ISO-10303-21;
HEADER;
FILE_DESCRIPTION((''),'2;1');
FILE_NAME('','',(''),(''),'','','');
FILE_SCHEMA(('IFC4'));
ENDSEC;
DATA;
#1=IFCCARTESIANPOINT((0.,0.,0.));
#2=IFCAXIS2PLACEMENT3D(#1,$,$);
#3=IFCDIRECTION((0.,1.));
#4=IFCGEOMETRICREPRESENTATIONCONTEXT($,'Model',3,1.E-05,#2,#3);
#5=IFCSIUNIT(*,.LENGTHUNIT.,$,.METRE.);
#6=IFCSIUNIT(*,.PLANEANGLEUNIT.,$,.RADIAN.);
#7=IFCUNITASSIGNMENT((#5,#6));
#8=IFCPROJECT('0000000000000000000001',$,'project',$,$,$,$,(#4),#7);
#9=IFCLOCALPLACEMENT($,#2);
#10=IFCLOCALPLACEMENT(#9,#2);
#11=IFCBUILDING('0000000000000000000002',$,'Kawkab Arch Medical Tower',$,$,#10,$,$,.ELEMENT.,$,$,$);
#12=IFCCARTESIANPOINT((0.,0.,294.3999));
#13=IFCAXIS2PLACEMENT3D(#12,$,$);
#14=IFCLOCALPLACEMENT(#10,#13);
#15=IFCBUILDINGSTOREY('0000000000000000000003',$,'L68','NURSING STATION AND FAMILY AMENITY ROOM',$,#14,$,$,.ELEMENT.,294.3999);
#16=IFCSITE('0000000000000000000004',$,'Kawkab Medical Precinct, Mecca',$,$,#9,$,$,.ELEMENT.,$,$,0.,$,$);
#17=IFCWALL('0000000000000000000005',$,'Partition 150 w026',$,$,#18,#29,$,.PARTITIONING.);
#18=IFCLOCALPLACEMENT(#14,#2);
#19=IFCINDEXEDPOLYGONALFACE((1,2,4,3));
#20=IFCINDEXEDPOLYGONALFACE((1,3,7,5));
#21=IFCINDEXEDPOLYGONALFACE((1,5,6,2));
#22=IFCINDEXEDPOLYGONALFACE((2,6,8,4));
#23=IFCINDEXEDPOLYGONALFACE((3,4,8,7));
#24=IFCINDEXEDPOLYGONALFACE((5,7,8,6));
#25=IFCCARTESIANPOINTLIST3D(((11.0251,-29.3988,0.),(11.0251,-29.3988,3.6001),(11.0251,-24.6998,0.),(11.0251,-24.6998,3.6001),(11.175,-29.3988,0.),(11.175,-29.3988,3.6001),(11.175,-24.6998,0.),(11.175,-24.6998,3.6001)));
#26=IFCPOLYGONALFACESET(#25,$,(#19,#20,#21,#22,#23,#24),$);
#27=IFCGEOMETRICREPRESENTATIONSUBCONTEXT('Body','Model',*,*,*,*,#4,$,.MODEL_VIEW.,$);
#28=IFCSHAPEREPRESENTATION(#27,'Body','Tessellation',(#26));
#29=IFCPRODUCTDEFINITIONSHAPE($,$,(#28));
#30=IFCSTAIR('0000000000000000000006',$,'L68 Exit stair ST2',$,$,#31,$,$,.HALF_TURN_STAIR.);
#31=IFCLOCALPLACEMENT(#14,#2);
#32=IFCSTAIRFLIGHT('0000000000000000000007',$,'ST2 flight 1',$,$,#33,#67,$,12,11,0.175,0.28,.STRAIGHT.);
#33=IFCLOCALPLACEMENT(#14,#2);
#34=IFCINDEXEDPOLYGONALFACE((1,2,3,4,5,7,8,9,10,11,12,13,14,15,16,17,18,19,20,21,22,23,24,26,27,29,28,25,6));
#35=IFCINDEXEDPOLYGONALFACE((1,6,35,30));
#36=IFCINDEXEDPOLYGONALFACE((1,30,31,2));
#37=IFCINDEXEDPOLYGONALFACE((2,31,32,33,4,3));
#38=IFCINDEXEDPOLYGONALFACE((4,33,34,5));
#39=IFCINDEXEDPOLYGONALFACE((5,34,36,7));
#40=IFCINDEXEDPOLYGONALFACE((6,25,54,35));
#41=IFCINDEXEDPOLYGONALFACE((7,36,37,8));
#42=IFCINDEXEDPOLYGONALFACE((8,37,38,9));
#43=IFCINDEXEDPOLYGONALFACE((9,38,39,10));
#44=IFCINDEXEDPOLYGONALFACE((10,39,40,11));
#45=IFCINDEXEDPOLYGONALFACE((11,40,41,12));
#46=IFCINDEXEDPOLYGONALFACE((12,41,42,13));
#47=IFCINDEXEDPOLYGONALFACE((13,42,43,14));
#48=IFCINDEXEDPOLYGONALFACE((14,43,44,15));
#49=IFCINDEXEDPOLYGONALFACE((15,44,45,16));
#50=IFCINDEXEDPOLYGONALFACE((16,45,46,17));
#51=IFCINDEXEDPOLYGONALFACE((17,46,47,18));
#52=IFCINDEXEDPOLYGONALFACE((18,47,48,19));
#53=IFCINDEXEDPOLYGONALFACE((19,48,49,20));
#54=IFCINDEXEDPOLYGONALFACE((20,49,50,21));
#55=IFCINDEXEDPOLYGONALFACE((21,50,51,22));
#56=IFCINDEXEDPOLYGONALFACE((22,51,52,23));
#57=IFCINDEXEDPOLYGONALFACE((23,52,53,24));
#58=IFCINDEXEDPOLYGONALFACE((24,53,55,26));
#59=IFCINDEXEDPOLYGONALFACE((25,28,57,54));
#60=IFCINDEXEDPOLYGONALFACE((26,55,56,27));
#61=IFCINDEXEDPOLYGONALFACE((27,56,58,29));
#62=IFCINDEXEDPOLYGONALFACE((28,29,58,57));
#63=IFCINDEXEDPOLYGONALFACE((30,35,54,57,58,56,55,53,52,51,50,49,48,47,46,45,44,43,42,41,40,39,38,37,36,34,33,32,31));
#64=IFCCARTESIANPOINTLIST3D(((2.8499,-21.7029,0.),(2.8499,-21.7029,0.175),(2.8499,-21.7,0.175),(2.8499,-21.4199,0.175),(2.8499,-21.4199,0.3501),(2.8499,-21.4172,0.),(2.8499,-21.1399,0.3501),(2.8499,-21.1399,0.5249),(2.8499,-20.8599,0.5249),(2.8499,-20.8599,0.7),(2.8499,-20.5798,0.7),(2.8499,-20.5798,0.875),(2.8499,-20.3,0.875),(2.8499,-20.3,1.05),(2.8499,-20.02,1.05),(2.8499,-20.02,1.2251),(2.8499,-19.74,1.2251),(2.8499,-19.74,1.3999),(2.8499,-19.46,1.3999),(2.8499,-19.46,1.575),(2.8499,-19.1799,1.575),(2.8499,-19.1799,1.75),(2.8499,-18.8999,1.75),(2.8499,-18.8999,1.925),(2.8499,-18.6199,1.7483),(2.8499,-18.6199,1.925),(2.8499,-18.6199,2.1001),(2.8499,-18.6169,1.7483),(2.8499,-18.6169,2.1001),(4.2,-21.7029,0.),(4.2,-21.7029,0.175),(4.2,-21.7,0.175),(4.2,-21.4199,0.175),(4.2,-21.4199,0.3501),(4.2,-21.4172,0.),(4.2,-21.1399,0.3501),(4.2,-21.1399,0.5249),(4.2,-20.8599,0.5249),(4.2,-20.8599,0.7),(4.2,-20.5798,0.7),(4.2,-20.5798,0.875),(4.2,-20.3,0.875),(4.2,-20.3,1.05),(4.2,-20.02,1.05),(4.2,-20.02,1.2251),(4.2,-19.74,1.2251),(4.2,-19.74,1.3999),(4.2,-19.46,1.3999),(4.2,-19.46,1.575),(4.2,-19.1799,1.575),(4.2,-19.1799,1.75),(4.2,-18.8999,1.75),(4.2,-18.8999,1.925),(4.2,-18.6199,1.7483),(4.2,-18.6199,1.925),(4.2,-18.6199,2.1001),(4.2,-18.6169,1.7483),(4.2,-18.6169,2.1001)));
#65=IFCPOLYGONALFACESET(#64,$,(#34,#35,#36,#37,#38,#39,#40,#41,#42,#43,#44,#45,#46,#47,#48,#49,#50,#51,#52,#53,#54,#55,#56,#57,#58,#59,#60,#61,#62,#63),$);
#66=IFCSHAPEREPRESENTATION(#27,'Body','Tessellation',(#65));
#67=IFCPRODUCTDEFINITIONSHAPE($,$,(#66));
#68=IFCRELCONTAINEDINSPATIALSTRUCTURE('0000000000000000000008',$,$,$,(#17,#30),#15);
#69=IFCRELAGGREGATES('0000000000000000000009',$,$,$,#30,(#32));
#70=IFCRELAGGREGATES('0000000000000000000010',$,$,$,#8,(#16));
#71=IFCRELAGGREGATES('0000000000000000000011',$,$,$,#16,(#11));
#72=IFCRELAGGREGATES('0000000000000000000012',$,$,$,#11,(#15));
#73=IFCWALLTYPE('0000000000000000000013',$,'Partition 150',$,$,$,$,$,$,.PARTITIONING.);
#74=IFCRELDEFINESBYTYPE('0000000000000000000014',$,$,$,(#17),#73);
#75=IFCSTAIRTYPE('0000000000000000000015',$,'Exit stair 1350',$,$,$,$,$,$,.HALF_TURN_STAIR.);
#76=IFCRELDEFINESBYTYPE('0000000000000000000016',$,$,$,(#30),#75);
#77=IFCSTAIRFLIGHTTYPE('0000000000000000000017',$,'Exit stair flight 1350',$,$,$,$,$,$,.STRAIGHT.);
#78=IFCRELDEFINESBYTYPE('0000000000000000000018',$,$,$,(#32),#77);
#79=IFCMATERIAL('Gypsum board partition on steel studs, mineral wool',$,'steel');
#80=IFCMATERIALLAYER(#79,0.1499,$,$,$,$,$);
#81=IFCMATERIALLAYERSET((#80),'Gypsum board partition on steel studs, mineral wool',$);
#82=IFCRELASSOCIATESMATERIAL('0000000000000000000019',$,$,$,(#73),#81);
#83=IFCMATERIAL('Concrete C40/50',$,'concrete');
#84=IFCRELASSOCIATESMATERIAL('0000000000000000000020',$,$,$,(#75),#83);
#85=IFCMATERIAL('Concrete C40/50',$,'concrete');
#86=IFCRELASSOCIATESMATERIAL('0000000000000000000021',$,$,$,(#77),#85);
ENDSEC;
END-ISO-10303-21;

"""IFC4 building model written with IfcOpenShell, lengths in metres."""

from ifc_helpers import new_model, si_unit, direction, frame, frame_2d, origin, place, context, subcontext, project, spatial, polyline, rectangle, outline, extrude, material, layer, layer_set, type_object, element, aggregate, save


model = new_model("IFC4")

# Units and contexts
model_context = context("Model", 3, precision=1e-05, world=origin(), true_north=direction((0.0, 1.0)))
body_context = subcontext(model_context, "Body", "Model", "MODEL_VIEW")
ifc_project = project(units=[si_unit("LENGTHUNIT", "METRE"), si_unit("PLANEANGLEUNIT", "RADIAN")], contexts=[model_context])

# Site, building, storey
site_placement = place(None, origin())
site = spatial("IfcSite", under=ifc_project, at=site_placement, Name="Kawkab Medical Precinct, Mecca", CompositionType="ELEMENT", RefElevation=0.0)
building_placement = place(site_placement, origin())
building = spatial("IfcBuilding", under=site, at=building_placement, Name="Kawkab Arch Medical Tower", CompositionType="ELEMENT")
storey_placement = place(building_placement, frame((0.0, 0.0, 294.3999)))
storey = spatial("IfcBuildingStorey", under=building, at=storey_placement, Name="L68", Description="NURSING STATION AND FAMILY AMENITY ROOM", CompositionType="ELEMENT", Elevation=294.3999)

# Wall
ifc_material_1 = material(Name="Gypsum board partition on steel studs, mineral wool", Category="steel")
ifc_layer_1 = layer(ifc_material_1, 0.1499)
ifc_layer_set_1 = layer_set([ifc_layer_1], Name="Gypsum board partition on steel studs, mineral wool")
wall_type_1 = type_object("IfcWallType", Name="Partition 150", PredefinedType="PARTITIONING", material=ifc_layer_set_1)
wall_1_placement = place(storey_placement, frame((11.1001, -29.3989, 0.0), z_axis=(0.0, 0.0, 1.0), x_axis=(0.0, 1.0, 0.0)))
element("IfcWall", 1, at=wall_1_placement, inside=storey, type_object=wall_type_1, Name="Partition 150 w026", PredefinedType="PARTITIONING", context=body_context, shape_type="SweptSolid", body=[
    extrude(rectangle(XDim=4.699, YDim=0.1499, at=frame_2d((2.3496, 0.0))), origin(), (0.0, 0.0, 1.0), 3.6001),
])

# Stair, stair flight
ifc_material_2 = material(Name="Concrete C40/50", Category="concrete")
stair_type = type_object("IfcStairType", Name="Exit stair 1350", PredefinedType="HALF_TURN_STAIR", material=ifc_material_2)
stair_placement = place(storey_placement, origin())
stair = element("IfcStair", 2, at=stair_placement, inside=storey, type_object=stair_type, Name="L68 Exit stair ST2", PredefinedType="HALF_TURN_STAIR")
ifc_material_3 = material(Name="Concrete C40/50", Category="concrete")
stair_flight_type = type_object("IfcStairFlightType", Name="Exit stair flight 1350", PredefinedType="STRAIGHT", material=ifc_material_3)
stair_flight_placement = place(storey_placement, frame((3.5249, -21.7, 0.0), z_axis=(0.0, 0.0, 1.0), x_axis=(0.0, 1.0, 0.0)))
stair_flight = element("IfcStairFlight", 3, at=stair_flight_placement, type_object=stair_flight_type, Name="ST2 flight 1", NumberOfRisers=12, NumberOfTreads=11, PredefinedType="STRAIGHT", RiserHeight=0.175, TreadLength=0.28, context=body_context, shape_type="SweptSolid", body=[
    extrude(outline(polyline([(-0.0029, 0.0), (-0.0029, 0.175), (0.0, 0.175), (0.28, 0.175), (0.28, 0.3501), (0.5601, 0.3501), (0.5601, 0.5249), (0.8401, 0.5249), (0.8401, 0.7), (1.1201, 0.7), (1.1201, 0.875), (1.3999, 0.875), (1.3999, 1.05), (1.6799, 1.05), (1.6799, 1.2251), (1.96, 1.2251), (1.96, 1.3999), (2.24, 1.3999), (2.24, 1.575), (2.52, 1.575), (2.52, 1.75), (2.8, 1.75), (2.8, 1.925), (3.0801, 1.925), (3.0801, 2.1001), (3.083, 2.1001), (3.083, 1.7483), (3.0801, 1.7483), (0.2827, 0.0), (-0.0029, 0.0)])), frame((0.0, 0.675, 0.0), z_axis=(0.0, -1.0, 0.0), x_axis=(1.0, 0.0, 0.0)), (0.0, 0.0, 1.0), 1.3501),
])
aggregate(stair, [stair_flight])

save(model, "model.ifc")
